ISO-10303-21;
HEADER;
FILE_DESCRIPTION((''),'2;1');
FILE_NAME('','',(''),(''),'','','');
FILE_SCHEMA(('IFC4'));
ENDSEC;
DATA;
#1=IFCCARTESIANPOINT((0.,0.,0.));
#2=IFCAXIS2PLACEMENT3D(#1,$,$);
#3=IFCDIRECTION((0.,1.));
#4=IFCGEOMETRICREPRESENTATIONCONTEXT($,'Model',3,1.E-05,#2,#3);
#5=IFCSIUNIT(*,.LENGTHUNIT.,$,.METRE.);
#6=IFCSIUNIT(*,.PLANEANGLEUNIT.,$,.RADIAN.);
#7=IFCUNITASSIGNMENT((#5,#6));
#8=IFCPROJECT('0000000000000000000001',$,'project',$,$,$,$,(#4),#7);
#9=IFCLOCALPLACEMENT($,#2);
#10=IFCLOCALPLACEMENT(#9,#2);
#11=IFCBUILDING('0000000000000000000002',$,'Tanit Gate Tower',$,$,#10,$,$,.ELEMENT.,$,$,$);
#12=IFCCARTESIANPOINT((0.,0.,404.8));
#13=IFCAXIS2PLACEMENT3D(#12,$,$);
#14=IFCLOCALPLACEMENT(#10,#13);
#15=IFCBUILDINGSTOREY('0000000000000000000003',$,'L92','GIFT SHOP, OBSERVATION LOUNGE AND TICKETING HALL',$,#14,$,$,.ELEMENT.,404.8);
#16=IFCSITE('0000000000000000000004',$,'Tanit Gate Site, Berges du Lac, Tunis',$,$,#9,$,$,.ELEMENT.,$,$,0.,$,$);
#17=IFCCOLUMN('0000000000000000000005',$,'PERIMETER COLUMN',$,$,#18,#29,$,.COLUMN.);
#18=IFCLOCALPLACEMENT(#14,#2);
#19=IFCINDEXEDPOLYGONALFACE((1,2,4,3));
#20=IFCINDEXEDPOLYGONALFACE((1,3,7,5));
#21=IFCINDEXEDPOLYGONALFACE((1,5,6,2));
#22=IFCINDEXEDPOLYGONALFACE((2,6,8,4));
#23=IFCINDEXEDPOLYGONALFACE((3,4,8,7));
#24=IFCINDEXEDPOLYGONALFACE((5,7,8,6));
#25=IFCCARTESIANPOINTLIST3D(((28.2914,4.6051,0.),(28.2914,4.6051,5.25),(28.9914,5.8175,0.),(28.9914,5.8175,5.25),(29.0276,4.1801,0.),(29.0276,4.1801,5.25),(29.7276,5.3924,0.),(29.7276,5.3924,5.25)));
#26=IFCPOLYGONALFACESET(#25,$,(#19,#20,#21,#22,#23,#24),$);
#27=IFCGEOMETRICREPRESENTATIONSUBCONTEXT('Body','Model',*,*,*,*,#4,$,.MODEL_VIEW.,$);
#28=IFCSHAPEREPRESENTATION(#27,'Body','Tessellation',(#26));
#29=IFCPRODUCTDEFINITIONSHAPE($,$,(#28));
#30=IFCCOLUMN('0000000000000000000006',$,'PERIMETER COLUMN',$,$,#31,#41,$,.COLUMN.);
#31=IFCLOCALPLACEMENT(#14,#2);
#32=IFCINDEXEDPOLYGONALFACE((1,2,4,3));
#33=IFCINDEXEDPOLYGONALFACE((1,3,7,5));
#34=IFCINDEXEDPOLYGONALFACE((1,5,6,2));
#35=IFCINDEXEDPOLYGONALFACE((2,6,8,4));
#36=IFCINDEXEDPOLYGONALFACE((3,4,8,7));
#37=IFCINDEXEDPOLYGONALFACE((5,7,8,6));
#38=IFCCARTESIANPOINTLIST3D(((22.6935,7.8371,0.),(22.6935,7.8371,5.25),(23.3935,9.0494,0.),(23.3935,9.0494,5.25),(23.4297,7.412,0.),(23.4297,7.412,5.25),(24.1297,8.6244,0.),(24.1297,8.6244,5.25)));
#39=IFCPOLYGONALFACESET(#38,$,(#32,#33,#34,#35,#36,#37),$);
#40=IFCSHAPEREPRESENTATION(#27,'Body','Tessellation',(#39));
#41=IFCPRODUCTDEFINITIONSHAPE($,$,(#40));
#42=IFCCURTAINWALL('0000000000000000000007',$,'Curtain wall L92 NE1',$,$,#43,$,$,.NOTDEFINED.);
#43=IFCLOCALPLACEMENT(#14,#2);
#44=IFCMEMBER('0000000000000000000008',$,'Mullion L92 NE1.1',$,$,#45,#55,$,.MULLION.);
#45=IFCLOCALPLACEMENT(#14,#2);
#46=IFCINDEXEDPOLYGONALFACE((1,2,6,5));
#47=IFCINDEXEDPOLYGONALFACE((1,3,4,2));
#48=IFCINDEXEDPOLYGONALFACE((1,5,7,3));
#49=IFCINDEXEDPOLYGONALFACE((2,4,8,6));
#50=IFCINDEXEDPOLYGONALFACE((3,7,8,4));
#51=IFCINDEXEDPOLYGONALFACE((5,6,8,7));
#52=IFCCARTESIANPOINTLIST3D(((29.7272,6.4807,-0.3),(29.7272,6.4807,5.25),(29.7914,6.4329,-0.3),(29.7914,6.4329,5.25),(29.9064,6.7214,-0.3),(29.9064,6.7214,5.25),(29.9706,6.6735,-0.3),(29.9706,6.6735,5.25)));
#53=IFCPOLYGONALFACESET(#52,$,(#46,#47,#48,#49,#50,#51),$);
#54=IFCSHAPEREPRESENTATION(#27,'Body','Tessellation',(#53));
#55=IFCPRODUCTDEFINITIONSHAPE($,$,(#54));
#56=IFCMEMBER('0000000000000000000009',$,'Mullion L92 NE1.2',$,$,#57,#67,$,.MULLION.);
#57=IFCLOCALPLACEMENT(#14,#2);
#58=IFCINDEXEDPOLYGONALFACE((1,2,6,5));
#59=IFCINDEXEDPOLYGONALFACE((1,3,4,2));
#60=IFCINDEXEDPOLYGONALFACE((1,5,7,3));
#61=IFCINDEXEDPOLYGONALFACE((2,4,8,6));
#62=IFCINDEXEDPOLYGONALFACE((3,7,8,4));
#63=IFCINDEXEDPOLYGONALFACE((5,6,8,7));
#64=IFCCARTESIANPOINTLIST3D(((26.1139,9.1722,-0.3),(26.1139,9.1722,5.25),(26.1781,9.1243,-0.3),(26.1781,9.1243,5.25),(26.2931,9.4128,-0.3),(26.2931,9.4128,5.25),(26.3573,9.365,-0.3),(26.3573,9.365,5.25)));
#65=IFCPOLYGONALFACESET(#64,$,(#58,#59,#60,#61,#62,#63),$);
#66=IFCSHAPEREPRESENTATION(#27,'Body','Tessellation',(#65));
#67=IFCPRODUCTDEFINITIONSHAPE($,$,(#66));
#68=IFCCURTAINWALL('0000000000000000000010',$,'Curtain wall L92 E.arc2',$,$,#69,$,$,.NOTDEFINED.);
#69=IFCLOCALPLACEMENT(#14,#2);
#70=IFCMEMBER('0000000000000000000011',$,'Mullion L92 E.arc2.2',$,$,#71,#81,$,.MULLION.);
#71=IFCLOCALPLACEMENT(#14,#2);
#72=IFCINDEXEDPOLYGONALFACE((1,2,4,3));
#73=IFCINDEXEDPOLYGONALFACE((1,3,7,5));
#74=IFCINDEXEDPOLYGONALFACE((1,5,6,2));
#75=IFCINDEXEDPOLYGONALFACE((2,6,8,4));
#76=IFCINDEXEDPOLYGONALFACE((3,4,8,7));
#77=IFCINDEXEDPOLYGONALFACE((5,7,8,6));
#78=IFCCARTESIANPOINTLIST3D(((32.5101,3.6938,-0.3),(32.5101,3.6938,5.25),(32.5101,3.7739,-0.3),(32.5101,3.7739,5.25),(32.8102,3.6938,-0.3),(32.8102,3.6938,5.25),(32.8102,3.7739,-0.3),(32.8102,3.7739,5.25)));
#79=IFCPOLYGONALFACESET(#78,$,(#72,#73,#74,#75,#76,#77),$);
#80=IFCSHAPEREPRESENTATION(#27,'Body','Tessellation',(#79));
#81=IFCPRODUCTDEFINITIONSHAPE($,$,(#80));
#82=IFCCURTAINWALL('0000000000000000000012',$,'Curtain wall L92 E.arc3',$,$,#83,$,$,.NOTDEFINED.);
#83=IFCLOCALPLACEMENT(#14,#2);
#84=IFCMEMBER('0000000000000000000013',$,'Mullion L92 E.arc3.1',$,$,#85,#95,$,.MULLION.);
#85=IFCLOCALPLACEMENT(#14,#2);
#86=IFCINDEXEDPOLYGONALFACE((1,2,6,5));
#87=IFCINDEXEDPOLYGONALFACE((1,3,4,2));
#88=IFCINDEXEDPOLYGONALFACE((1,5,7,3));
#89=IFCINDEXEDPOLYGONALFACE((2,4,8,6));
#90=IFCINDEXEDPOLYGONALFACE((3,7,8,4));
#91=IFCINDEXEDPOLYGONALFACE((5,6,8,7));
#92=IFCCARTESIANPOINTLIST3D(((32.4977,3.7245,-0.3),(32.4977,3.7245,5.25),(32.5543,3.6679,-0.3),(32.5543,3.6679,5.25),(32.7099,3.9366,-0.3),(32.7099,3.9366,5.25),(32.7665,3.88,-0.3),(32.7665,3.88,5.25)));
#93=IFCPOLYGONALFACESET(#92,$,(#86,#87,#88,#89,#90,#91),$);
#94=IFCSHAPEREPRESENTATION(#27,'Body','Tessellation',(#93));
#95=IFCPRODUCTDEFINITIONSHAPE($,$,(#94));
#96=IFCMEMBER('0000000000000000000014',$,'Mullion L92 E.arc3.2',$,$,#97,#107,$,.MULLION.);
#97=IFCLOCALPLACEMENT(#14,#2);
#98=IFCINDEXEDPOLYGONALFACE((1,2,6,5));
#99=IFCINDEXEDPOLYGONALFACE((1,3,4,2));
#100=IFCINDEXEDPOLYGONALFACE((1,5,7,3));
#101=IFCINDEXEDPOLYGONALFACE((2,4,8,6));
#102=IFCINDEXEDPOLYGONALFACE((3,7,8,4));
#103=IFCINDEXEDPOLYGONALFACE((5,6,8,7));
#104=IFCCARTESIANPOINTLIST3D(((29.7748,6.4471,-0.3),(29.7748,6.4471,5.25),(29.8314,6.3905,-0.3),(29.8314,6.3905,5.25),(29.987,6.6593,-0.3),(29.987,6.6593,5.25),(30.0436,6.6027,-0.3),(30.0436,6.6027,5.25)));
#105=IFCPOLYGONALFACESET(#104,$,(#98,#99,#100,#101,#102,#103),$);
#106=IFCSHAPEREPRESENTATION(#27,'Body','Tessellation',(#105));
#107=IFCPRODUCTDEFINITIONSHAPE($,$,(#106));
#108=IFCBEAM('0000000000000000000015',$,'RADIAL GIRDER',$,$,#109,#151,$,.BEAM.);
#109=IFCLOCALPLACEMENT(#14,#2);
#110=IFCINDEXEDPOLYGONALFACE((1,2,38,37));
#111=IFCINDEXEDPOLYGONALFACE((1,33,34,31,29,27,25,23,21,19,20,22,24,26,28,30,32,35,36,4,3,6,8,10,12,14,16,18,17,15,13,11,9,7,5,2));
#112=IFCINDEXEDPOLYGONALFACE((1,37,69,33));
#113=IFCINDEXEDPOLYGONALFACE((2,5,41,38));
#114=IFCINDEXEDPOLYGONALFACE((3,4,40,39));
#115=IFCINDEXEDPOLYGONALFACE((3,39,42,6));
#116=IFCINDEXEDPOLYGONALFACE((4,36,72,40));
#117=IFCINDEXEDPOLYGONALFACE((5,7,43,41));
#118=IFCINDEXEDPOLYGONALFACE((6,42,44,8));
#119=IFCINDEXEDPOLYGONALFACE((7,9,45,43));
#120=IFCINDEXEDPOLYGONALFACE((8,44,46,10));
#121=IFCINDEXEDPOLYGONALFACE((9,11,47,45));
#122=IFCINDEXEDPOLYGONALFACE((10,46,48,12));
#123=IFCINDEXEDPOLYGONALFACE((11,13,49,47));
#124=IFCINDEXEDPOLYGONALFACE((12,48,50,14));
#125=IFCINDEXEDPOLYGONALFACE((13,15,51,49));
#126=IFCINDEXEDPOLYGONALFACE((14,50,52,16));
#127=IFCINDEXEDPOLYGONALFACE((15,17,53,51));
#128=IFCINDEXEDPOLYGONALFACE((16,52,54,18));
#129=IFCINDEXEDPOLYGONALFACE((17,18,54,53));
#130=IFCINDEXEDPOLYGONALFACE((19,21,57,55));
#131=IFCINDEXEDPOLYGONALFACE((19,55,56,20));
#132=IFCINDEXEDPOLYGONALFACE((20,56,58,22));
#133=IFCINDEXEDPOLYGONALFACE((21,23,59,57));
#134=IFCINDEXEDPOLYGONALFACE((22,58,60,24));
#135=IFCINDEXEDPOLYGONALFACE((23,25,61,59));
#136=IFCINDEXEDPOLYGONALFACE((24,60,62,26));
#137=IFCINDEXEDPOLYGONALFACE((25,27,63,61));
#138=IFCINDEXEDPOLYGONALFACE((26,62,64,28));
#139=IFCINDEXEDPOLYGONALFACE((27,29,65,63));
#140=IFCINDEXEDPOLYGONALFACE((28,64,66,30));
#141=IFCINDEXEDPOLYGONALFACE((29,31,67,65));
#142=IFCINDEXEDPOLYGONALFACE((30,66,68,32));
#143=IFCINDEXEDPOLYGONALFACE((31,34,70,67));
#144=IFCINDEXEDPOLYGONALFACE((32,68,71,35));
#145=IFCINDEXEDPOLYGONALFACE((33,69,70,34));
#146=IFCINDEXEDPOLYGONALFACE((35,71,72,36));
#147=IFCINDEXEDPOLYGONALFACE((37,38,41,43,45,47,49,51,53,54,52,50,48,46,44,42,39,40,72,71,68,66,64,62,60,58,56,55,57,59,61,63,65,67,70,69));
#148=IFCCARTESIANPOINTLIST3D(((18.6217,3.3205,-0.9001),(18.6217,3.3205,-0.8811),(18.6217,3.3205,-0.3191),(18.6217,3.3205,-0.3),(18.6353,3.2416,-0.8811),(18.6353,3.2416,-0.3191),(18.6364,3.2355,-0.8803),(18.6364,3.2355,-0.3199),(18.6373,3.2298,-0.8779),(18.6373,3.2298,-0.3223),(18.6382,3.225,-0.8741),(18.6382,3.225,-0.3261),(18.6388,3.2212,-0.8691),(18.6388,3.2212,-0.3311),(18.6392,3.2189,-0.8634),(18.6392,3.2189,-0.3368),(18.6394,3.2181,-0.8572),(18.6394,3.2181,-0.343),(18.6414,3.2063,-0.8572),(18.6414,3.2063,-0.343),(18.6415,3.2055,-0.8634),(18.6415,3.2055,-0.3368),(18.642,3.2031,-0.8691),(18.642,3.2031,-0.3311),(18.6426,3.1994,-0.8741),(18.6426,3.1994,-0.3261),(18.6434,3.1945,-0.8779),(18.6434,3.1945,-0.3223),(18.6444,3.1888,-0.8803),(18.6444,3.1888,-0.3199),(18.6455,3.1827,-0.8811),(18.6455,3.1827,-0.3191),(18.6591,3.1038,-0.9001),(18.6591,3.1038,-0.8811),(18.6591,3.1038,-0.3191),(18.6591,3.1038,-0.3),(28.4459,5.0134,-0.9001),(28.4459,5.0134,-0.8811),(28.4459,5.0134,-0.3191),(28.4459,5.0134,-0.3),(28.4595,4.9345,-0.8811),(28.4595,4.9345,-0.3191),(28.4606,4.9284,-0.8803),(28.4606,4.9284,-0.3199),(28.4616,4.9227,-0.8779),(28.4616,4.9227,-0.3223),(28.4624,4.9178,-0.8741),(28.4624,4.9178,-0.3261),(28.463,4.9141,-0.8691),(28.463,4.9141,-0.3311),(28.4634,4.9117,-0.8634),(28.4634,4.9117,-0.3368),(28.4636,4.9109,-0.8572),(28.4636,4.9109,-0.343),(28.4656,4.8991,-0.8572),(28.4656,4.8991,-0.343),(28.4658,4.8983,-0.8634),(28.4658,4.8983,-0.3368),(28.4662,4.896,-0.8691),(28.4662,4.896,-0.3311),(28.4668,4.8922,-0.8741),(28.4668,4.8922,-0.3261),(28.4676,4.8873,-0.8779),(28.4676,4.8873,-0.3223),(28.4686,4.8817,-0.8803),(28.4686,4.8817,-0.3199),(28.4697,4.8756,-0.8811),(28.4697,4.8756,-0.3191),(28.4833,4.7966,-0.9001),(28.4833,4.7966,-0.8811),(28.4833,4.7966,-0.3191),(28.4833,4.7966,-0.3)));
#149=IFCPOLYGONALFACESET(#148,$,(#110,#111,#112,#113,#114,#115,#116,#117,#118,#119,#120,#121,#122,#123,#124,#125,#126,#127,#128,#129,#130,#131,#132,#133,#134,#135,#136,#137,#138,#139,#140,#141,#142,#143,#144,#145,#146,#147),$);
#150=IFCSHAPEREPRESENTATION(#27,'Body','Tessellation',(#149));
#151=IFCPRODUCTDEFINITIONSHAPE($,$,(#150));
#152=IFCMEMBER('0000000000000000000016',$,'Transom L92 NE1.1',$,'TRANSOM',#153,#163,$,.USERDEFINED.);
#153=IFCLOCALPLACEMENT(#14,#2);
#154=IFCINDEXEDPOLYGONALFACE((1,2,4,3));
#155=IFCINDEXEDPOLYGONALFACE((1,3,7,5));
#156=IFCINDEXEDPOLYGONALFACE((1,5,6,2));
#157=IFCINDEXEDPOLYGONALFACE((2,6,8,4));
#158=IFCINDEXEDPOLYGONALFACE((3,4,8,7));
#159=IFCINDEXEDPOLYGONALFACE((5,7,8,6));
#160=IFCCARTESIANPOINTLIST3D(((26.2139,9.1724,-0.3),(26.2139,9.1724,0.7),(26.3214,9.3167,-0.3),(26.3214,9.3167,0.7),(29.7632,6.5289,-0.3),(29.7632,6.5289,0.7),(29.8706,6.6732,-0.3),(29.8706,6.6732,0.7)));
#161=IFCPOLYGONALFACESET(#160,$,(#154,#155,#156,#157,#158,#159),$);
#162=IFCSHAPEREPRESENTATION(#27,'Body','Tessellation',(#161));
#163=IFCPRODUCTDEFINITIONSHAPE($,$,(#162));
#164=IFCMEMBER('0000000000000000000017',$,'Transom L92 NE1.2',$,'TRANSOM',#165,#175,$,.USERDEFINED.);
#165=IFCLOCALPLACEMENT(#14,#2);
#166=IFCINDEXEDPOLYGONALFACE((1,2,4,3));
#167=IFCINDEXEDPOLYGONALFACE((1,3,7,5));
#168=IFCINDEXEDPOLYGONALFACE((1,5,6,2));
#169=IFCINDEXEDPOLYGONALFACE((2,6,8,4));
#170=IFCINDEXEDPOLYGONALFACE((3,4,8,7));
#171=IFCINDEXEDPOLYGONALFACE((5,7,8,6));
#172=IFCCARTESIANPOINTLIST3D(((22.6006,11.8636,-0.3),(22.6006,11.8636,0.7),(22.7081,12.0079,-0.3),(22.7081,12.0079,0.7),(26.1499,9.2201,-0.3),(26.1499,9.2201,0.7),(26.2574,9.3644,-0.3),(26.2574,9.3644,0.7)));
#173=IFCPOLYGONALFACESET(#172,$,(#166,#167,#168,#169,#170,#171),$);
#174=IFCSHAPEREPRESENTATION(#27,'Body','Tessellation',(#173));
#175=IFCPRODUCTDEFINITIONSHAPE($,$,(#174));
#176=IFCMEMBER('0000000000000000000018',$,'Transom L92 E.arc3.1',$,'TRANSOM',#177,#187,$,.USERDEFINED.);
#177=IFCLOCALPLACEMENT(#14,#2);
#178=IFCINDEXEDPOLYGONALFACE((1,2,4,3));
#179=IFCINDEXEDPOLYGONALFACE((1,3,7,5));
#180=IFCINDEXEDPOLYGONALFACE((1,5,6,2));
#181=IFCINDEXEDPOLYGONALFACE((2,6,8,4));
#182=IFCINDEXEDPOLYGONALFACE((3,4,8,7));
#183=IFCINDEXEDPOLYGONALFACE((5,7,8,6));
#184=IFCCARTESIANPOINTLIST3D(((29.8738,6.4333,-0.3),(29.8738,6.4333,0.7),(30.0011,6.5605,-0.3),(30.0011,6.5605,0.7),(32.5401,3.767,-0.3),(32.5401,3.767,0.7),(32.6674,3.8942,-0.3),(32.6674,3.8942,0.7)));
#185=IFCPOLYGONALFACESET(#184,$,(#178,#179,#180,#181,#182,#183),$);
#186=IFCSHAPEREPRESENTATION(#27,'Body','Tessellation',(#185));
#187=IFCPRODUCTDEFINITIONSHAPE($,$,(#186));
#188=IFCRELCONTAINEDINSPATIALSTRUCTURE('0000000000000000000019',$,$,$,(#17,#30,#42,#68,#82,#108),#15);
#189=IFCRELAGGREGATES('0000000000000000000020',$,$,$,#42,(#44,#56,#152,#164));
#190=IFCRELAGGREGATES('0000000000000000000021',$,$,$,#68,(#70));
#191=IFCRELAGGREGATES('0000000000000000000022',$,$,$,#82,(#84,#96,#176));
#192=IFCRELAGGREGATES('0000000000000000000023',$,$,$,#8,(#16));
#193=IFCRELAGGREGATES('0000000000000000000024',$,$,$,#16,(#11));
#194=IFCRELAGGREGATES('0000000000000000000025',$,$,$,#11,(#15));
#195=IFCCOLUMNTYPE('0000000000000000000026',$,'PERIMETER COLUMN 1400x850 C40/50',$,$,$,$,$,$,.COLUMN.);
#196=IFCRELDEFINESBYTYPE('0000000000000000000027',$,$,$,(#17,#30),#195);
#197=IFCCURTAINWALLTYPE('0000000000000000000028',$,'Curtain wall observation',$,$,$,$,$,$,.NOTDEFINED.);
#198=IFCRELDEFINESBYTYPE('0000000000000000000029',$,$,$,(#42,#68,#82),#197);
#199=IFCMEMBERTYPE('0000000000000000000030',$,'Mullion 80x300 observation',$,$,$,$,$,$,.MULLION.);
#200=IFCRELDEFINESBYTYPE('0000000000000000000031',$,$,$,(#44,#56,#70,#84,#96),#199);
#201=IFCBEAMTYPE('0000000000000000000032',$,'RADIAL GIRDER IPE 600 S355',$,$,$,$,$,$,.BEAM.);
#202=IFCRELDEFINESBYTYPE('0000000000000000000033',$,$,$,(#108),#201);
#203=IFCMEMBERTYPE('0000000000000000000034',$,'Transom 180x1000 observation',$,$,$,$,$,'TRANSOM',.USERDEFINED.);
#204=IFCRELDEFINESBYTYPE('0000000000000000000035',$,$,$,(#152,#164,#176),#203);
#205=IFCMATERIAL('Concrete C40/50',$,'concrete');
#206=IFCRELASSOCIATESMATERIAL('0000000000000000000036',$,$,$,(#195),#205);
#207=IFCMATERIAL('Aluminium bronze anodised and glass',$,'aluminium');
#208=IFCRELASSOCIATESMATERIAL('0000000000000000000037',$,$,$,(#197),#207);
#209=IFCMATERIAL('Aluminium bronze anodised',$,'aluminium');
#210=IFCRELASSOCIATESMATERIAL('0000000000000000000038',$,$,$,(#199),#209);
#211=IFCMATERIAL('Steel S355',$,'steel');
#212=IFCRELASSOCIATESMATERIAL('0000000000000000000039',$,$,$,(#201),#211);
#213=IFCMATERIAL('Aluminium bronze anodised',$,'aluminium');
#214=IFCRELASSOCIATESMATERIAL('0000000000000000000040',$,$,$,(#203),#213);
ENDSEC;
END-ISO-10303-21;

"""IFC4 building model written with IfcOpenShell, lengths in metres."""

from ifc_helpers import new_model, si_unit, direction, frame, origin, origin_2d, place, context, subcontext, project, spatial, rectangle, i_section, extrude, material, material_profile, profile_set, type_object, element, aggregate, save


model = new_model("IFC4")

# Units and contexts
model_context = context("Model", 3, precision=1e-05, world=origin(), true_north=direction((0.0, 1.0)))
body_context = subcontext(model_context, "Body", "Model", "MODEL_VIEW")
ifc_project = project(units=[si_unit("LENGTHUNIT", "METRE"), si_unit("PLANEANGLEUNIT", "RADIAN")], contexts=[model_context])

# Site, building, storey
site_placement = place(None, origin())
site = spatial("IfcSite", under=ifc_project, at=site_placement, Name="Tanit Gate Site, Berges du Lac, Tunis", CompositionType="ELEMENT", RefElevation=0.0)
building_placement = place(site_placement, origin())
building = spatial("IfcBuilding", under=site, at=building_placement, Name="Tanit Gate Tower", CompositionType="ELEMENT")
storey_placement = place(building_placement, frame((0.0, 0.0, 404.8)))
storey = spatial("IfcBuildingStorey", under=building, at=storey_placement, Name="L92", Description="GIFT SHOP, OBSERVATION LOUNGE AND TICKETING HALL", CompositionType="ELEMENT", Elevation=404.8)

# Columns
ifc_material_1 = material(Name="Concrete C40/50", Category="concrete")
ifc_material_profile_1 = material_profile(ifc_material_1, rectangle(XDim=1.3999, YDim=0.8501, at=origin_2d()), Name="RC 1400x850")
ifc_profile_set_1 = profile_set([ifc_material_profile_1], Name="Concrete C40/50")
column_type = type_object("IfcColumnType", Name="PERIMETER COLUMN 1400x850 C40/50", PredefinedType="COLUMN", material=ifc_profile_set_1)
for number, where, z_axis, x_axis, name in (
    (1, (29.0095, 4.9988, 0.0), (0.0, 0.0, 1.0), (0.5, 0.866025, 0.0), "PERIMETER COLUMN"),
    (2, (23.4116, 8.2307, 0.0), (0.0, 0.0, 1.0), (0.5, 0.866025, 0.0), "PERIMETER COLUMN"),
):
    element("IfcColumn", number, at=place(storey_placement, frame(where, z_axis=z_axis, x_axis=x_axis)), inside=storey, type_object=column_type, Name=name, PredefinedType="COLUMN", context=body_context, shape_type="SweptSolid", body=[
        extrude(rectangle(XDim=1.3999, YDim=0.8501, at=origin_2d()), origin(), (0.0, 0.0, 1.0), 5.25),
    ])

# Curtain wall, members
ifc_material_2 = material(Name="Aluminium bronze anodised and glass", Category="aluminium")
curtain_wall_type = type_object("IfcCurtainWallType", Name="Curtain wall observation", PredefinedType="NOTDEFINED", material=ifc_material_2)
curtain_wall_1_placement = place(storey_placement, origin())
curtain_wall_1 = element("IfcCurtainWall", 3, at=curtain_wall_1_placement, inside=storey, type_object=curtain_wall_type, Name="Curtain wall L92 NE1", PredefinedType="NOTDEFINED")
ifc_material_3 = material(Name="Aluminium bronze anodised", Category="aluminium")
ifc_material_profile_2 = material_profile(ifc_material_3, rectangle(XDim=0.3, YDim=0.0801, at=origin_2d()), Name="80x300 bronze mullion")
ifc_profile_set_2 = profile_set([ifc_material_profile_2], Name="Aluminium bronze anodised")
member_type_1 = type_object("IfcMemberType", Name="Mullion 80x300 observation", PredefinedType="MULLION", material=ifc_profile_set_2)
member_1_placement = place(storey_placement, frame((29.8489, 6.5771, -0.3), z_axis=(0.0, 0.0, 1.0), x_axis=(-0.597341, -0.801988, 0.0)))
member_1 = element("IfcMember", 4, at=member_1_placement, type_object=member_type_1, Name="Mullion L92 NE1.1", PredefinedType="MULLION", context=body_context, shape_type="SweptSolid", body=[
    extrude(rectangle(XDim=0.3, YDim=0.0801, at=origin_2d()), origin(), (0.0, 0.0, 1.0), 5.55),
])
member_2_placement = place(storey_placement, frame((26.2356, 9.2686, -0.3), z_axis=(0.0, 0.0, 1.0), x_axis=(-0.597341, -0.801988, 0.0)))
member_2 = element("IfcMember", 5, at=member_2_placement, type_object=member_type_1, Name="Mullion L92 NE1.2", PredefinedType="MULLION", context=body_context, shape_type="SweptSolid", body=[
    extrude(rectangle(XDim=0.3, YDim=0.0801, at=origin_2d()), origin(), (0.0, 0.0, 1.0), 5.55),
])

# Curtain wall, member
curtain_wall_2_placement = place(storey_placement, origin())
curtain_wall_2 = element("IfcCurtainWall", 6, at=curtain_wall_2_placement, inside=storey, type_object=curtain_wall_type, Name="Curtain wall L92 E.arc2", PredefinedType="NOTDEFINED")
member_3_placement = place(storey_placement, frame((32.6602, 3.7339, -0.3), z_axis=(0.0, 0.0, 1.0), x_axis=(-1.0, 0.0, 0.0)))
member_3 = element("IfcMember", 7, at=member_3_placement, type_object=member_type_1, Name="Mullion L92 E.arc2.2", PredefinedType="MULLION", context=body_context, shape_type="SweptSolid", body=[
    extrude(rectangle(XDim=0.3, YDim=0.0801, at=origin_2d()), origin(), (0.0, 0.0, 1.0), 5.55),
])

# Curtain wall, members
curtain_wall_3_placement = place(storey_placement, origin())
curtain_wall_3 = element("IfcCurtainWall", 8, at=curtain_wall_3_placement, inside=storey, type_object=curtain_wall_type, Name="Curtain wall L92 E.arc3", PredefinedType="NOTDEFINED")
member_4_placement = place(storey_placement, frame((32.6321, 3.8022, -0.3), z_axis=(0.0, 0.0, 1.0), x_axis=(-0.707107, -0.707107, 0.0)))
member_4 = element("IfcMember", 9, at=member_4_placement, type_object=member_type_1, Name="Mullion L92 E.arc3.1", PredefinedType="MULLION", context=body_context, shape_type="SweptSolid", body=[
    extrude(rectangle(XDim=0.3, YDim=0.0801, at=origin_2d()), origin(), (0.0, 0.0, 1.0), 5.55),
])
member_5_placement = place(storey_placement, frame((29.9092, 6.5249, -0.3), z_axis=(0.0, 0.0, 1.0), x_axis=(-0.707107, -0.707107, 0.0)))
member_5 = element("IfcMember", 10, at=member_5_placement, type_object=member_type_1, Name="Mullion L92 E.arc3.2", PredefinedType="MULLION", context=body_context, shape_type="SweptSolid", body=[
    extrude(rectangle(XDim=0.3, YDim=0.0801, at=origin_2d()), origin(), (0.0, 0.0, 1.0), 5.55),
])

# Beam
ifc_material_4 = material(Name="Steel S355", Category="steel")
ifc_material_profile_3 = material_profile(ifc_material_4, i_section(OverallWidth=0.22, OverallDepth=0.6001, WebThickness=0.012, FlangeThickness=0.019, FilletRadius=0.0239, at=origin_2d()), Name="IPE 600")
ifc_profile_set_3 = profile_set([ifc_material_profile_3], Name="Steel S355")
beam_type = type_object("IfcBeamType", Name="RADIAL GIRDER IPE 600 S355", PredefinedType="BEAM", material=ifc_profile_set_3)
beam_placement = place(storey_placement, frame((28.4646, 4.905, -0.6001), z_axis=(-0.985476, -0.169813, 0.0), x_axis=(0.169813, -0.985476, 0.0)))
element("IfcBeam", 11, at=beam_placement, inside=storey, type_object=beam_type, Name="RADIAL GIRDER", PredefinedType="BEAM", context=body_context, shape_type="SweptSolid", body=[
    extrude(i_section(OverallWidth=0.22, OverallDepth=0.6001, WebThickness=0.012, FlangeThickness=0.019, FilletRadius=0.0239, at=origin_2d()), origin(), (0.0, 0.0, 1.0), 9.969),
])

# Members
ifc_material_5 = material(Name="Aluminium bronze anodised", Category="aluminium")
ifc_material_profile_4 = material_profile(ifc_material_5, rectangle(XDim=0.1799, YDim=1.0, at=origin_2d()), Name="180x1000 bronze transom")
ifc_profile_set_4 = profile_set([ifc_material_profile_4], Name="Aluminium bronze anodised")
member_type_2 = type_object("IfcMemberType", Name="Transom 180x1000 observation", ElementType="TRANSOM", PredefinedType="USERDEFINED", material=ifc_profile_set_4)
member_6_placement = place(storey_placement, frame((29.8169, 6.6011, 0.2), z_axis=(-0.801995, 0.597331, 0.0), x_axis=(-0.597331, -0.801995, 0.0)))
member_6 = element("IfcMember", 12, at=member_6_placement, type_object=member_type_2, Name="Transom L92 NE1.1", ObjectType="TRANSOM", PredefinedType="USERDEFINED", context=body_context, shape_type="SweptSolid", body=[
    extrude(rectangle(XDim=0.1799, YDim=1.0, at=origin_2d()), origin(), (0.0, 0.0, 1.0), 4.4255),
])
member_7_placement = place(storey_placement, frame((26.2036, 9.2922, 0.2), z_axis=(-0.801995, 0.597331, 0.0), x_axis=(-0.597331, -0.801995, 0.0)))
member_7 = element("IfcMember", 13, at=member_7_placement, type_object=member_type_2, Name="Transom L92 NE1.2", ObjectType="TRANSOM", PredefinedType="USERDEFINED", context=body_context, shape_type="SweptSolid", body=[
    extrude(rectangle(XDim=0.1799, YDim=1.0, at=origin_2d()), origin(), (0.0, 0.0, 1.0), 4.4255),
])
member_8_placement = place(storey_placement, frame((32.6038, 3.8306, 0.2), z_axis=(-0.707107, 0.707107, 0.0), x_axis=(-0.707107, -0.707107, 0.0)))
member_8 = element("IfcMember", 14, at=member_8_placement, type_object=member_type_2, Name="Transom L92 E.arc3.1", ObjectType="TRANSOM", PredefinedType="USERDEFINED", context=body_context, shape_type="SweptSolid", body=[
    extrude(rectangle(XDim=0.1799, YDim=1.0, at=origin_2d()), origin(), (0.0, 0.0, 1.0), 3.7708),
])

aggregate(curtain_wall_1, [member_1, member_2, member_6, member_7])
aggregate(curtain_wall_2, [member_3])
aggregate(curtain_wall_3, [member_4, member_5, member_8])

save(model, "model.ifc")
